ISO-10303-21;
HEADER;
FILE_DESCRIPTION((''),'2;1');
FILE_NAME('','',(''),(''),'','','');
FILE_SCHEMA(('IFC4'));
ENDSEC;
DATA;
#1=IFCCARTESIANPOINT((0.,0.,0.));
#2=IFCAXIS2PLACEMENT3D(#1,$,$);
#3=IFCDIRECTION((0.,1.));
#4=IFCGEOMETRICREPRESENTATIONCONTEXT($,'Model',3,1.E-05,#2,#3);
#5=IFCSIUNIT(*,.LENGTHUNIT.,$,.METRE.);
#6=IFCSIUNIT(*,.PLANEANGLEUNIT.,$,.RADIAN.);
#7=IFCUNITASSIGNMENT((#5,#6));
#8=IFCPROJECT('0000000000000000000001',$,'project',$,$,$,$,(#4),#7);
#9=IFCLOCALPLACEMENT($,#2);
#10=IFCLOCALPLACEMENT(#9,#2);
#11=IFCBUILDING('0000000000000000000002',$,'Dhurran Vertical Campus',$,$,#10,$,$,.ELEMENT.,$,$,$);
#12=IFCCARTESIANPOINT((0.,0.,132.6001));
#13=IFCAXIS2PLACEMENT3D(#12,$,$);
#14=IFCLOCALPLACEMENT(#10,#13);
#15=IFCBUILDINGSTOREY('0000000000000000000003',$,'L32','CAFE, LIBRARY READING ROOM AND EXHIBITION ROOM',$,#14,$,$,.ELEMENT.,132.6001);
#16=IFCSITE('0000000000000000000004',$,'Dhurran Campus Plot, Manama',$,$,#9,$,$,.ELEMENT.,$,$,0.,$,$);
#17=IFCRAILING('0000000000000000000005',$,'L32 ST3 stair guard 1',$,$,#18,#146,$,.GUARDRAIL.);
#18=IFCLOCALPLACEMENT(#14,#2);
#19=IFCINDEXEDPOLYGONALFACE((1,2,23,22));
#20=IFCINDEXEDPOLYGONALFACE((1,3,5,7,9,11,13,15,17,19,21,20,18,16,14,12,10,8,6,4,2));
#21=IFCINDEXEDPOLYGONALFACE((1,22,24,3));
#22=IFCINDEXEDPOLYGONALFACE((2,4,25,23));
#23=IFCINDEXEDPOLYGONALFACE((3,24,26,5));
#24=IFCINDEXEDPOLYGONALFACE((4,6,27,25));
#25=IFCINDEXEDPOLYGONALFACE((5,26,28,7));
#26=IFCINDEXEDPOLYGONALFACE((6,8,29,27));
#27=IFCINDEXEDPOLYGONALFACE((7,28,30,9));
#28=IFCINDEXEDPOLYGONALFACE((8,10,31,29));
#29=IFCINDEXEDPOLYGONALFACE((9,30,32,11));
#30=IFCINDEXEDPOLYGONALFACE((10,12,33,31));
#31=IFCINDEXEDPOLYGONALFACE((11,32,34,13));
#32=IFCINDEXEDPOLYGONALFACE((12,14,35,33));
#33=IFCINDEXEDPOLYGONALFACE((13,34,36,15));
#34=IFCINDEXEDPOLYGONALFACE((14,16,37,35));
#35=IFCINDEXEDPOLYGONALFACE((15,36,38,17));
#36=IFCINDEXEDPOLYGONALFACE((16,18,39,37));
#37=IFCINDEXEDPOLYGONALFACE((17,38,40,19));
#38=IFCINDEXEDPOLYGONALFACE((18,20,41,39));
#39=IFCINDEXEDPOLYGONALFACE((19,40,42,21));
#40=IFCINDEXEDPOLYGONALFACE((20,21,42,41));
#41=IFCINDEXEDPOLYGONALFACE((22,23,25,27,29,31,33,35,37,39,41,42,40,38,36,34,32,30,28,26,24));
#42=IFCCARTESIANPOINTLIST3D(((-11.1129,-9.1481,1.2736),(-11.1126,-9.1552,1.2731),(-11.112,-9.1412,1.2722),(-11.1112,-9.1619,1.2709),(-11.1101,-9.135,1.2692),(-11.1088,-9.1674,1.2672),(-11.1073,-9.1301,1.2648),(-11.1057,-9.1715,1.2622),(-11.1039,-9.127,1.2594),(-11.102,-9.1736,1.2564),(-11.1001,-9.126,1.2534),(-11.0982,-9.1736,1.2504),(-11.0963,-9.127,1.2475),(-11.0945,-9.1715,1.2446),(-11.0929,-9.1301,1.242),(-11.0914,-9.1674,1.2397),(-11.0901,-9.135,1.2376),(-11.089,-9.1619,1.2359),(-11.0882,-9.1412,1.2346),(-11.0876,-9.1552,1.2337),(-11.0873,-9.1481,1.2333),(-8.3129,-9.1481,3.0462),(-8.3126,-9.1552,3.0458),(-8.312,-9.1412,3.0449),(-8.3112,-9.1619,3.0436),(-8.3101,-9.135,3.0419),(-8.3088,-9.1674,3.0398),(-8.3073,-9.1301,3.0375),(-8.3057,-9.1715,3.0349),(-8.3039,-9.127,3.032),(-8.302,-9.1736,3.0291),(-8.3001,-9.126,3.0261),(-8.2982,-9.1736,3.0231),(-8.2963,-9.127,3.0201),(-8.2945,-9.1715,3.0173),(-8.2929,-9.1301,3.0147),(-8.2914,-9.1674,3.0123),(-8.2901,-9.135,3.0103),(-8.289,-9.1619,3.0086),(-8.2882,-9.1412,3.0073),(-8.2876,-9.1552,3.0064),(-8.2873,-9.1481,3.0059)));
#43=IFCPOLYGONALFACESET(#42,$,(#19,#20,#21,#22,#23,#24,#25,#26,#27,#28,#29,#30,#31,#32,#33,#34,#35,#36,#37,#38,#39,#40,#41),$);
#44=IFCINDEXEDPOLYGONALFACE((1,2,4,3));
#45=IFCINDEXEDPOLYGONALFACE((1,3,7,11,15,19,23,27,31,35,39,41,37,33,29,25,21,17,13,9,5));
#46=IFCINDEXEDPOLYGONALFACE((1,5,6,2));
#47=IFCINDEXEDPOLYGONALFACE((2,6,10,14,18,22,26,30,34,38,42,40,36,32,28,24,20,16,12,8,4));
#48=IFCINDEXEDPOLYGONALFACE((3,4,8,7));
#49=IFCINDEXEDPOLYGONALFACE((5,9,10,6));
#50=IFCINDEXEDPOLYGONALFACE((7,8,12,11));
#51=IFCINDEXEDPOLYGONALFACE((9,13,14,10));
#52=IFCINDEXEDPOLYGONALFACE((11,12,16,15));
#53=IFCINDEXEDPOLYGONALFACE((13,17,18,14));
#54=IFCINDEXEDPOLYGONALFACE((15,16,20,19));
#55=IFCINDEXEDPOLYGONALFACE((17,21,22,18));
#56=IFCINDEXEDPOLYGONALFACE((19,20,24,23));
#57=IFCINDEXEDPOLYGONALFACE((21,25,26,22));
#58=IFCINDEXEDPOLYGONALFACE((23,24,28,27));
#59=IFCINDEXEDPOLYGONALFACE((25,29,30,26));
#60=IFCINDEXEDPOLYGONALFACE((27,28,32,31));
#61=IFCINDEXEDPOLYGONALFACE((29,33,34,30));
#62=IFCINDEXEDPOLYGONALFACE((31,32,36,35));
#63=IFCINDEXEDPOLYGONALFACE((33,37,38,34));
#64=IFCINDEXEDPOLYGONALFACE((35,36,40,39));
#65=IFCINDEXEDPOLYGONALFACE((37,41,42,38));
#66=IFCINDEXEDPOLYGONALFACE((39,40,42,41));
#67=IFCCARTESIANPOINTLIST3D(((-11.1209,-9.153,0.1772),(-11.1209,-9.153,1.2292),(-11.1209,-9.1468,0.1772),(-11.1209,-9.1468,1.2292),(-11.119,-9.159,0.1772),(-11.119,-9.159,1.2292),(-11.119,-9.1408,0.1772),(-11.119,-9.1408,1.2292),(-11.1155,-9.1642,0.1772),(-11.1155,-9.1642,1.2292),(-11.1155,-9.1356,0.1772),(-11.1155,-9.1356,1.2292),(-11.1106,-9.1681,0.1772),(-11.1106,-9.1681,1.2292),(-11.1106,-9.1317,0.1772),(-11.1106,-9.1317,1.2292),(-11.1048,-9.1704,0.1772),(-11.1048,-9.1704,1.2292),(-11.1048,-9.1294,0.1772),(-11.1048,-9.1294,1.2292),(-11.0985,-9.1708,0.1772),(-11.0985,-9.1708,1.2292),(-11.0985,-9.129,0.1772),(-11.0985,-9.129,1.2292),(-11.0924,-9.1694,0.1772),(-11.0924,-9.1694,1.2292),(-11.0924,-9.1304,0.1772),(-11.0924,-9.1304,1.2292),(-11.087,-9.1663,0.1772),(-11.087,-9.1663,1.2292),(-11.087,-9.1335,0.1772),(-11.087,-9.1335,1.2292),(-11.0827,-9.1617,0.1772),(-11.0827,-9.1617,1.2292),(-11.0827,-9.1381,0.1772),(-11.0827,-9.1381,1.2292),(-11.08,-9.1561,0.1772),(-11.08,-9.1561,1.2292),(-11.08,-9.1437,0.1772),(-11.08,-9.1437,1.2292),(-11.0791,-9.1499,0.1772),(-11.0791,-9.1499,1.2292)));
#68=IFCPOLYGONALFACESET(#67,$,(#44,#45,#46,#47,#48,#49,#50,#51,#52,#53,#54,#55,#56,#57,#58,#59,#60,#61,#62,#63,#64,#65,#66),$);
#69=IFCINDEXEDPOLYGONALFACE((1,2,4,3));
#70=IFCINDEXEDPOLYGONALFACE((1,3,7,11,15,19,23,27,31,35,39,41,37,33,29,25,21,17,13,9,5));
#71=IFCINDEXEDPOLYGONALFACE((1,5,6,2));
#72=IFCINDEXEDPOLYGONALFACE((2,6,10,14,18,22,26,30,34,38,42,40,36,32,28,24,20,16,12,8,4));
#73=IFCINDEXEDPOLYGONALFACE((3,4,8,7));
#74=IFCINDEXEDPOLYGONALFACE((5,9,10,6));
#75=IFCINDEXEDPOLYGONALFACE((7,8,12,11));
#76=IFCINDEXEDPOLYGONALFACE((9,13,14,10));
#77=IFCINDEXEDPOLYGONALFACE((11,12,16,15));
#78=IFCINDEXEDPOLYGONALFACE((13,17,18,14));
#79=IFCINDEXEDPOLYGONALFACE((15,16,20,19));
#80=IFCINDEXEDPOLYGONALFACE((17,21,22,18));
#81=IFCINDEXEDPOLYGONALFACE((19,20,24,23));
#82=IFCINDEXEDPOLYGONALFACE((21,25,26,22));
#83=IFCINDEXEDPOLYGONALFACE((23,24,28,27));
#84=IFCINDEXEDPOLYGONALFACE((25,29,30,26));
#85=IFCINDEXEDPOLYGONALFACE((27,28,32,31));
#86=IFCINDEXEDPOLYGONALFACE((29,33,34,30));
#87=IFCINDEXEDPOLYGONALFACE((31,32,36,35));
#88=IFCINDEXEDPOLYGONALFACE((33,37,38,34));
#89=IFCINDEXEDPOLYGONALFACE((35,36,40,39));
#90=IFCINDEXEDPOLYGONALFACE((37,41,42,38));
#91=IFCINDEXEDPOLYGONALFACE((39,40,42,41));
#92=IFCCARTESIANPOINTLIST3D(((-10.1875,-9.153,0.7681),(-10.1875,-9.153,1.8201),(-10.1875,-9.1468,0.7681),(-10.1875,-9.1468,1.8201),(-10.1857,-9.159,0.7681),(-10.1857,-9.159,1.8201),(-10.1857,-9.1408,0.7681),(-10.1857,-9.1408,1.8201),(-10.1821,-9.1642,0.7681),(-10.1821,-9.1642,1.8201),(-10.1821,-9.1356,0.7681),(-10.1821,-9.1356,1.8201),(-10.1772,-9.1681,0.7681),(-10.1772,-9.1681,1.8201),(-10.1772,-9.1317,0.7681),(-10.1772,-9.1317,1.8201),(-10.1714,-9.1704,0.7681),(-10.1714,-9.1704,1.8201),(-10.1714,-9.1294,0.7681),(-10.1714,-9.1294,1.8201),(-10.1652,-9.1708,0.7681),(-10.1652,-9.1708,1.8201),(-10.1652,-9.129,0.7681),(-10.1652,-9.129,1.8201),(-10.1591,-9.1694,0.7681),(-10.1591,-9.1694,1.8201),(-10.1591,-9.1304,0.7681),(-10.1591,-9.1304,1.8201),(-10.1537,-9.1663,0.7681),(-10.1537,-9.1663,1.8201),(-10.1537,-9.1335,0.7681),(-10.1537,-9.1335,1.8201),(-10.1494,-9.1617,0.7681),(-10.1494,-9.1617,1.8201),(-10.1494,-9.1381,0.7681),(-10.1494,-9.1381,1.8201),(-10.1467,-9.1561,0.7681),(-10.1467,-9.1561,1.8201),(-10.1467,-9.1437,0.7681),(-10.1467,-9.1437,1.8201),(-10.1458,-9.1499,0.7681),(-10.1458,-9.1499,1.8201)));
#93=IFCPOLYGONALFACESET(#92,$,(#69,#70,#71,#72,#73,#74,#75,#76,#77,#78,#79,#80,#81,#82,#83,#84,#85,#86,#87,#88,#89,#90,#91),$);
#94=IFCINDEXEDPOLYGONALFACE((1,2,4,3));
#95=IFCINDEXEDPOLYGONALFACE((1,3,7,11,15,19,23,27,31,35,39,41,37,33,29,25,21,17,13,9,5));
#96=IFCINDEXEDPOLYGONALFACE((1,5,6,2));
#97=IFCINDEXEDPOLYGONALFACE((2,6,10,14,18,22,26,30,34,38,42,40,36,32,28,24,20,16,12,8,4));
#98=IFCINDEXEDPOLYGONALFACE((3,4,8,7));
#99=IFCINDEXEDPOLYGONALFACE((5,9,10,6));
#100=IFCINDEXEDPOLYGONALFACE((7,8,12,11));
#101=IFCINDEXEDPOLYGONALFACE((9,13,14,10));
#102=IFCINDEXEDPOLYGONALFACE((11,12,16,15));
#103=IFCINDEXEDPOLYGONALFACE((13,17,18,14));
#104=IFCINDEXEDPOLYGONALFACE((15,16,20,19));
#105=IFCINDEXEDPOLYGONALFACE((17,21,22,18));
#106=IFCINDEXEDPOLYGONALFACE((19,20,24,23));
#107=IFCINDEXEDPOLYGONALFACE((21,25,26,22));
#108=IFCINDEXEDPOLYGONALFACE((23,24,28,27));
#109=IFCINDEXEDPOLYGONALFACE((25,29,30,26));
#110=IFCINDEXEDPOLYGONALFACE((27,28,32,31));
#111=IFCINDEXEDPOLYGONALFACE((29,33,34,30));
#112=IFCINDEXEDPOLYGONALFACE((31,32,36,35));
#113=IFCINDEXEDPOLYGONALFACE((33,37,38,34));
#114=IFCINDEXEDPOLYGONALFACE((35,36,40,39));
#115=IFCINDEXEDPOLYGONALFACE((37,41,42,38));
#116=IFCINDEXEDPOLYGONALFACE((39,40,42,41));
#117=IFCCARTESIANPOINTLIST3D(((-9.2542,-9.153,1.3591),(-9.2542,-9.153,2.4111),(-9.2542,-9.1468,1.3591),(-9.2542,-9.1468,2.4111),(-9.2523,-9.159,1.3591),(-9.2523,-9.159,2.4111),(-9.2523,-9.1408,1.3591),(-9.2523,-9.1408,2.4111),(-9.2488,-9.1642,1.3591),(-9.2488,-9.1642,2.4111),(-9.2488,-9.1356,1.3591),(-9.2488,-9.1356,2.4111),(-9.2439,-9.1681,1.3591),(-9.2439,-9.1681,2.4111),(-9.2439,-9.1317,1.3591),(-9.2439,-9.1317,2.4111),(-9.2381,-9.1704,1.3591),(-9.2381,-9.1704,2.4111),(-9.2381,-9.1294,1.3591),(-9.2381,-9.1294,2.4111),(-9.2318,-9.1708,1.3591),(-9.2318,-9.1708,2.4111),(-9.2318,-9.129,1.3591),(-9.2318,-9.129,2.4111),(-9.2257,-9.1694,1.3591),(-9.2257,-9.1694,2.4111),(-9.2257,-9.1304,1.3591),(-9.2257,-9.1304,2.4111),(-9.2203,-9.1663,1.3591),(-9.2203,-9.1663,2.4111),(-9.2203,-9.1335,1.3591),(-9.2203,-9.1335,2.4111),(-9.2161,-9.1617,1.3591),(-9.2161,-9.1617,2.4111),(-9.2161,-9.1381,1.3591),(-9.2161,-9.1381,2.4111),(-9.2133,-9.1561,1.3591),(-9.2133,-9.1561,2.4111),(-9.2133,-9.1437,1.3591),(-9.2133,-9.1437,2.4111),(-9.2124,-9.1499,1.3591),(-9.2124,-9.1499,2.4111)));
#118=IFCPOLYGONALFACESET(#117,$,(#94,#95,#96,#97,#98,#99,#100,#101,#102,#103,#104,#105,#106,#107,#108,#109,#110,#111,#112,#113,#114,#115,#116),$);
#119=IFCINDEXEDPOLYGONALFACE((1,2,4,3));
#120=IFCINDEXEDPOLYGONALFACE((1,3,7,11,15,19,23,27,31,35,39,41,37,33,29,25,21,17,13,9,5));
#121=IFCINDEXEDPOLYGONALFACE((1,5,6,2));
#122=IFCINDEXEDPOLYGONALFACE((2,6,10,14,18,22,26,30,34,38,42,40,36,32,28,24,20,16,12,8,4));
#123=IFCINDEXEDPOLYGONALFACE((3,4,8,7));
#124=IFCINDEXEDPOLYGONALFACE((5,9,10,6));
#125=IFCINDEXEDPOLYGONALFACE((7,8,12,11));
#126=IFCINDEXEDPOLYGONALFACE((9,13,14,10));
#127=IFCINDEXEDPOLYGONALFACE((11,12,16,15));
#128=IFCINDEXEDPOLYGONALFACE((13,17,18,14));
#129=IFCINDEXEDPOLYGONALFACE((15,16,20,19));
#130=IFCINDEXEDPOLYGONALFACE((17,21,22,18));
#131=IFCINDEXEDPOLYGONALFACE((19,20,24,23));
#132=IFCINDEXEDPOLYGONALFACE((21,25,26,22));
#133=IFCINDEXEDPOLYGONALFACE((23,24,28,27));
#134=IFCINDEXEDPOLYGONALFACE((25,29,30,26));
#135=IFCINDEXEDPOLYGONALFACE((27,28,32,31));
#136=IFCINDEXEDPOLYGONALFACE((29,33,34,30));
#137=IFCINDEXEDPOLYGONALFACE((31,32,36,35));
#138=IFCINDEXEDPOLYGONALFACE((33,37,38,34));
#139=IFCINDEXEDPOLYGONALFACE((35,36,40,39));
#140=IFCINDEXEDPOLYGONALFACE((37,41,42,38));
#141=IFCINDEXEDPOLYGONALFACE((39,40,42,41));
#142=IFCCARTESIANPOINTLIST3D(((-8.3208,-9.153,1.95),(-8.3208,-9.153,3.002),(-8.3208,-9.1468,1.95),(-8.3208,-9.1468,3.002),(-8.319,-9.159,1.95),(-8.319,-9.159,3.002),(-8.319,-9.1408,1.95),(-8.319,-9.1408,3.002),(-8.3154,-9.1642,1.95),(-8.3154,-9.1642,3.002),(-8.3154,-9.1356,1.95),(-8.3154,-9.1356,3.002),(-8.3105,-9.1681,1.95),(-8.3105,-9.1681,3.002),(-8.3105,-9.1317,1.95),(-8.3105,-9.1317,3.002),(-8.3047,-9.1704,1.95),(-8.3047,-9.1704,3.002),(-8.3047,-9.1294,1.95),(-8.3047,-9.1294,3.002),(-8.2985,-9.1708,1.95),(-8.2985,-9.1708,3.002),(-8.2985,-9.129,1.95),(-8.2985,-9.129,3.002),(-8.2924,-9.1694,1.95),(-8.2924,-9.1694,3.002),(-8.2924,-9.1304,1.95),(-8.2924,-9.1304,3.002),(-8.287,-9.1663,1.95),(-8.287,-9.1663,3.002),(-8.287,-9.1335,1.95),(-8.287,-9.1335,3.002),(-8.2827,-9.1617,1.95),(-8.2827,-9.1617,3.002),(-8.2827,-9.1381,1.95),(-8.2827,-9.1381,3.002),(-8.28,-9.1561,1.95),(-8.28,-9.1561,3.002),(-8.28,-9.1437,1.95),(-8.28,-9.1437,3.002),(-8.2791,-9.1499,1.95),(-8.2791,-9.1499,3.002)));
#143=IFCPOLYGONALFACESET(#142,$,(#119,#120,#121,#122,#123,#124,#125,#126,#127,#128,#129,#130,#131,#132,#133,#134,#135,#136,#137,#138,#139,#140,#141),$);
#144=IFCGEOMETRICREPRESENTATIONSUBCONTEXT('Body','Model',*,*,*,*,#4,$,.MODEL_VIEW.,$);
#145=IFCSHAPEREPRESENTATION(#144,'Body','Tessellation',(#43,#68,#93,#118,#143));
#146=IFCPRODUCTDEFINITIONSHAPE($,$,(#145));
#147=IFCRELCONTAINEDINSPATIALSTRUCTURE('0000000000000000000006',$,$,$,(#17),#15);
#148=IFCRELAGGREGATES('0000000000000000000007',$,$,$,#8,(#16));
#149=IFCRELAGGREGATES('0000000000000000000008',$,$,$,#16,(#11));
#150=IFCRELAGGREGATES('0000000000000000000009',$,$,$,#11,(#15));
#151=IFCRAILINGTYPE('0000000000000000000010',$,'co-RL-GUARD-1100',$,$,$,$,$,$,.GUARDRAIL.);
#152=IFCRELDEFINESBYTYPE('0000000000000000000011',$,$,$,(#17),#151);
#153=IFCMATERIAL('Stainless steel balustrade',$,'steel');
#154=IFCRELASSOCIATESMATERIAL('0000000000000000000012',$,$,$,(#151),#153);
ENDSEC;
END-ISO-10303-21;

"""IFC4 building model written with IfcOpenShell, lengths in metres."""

from ifc_helpers import new_model, si_unit, direction, frame, origin, origin_2d, place, context, subcontext, project, spatial, circle, extrude, material, type_object, element, save


model = new_model("IFC4")

# Units and contexts
model_context = context("Model", 3, precision=1e-05, world=origin(), true_north=direction((0.0, 1.0)))
body_context = subcontext(model_context, "Body", "Model", "MODEL_VIEW")
ifc_project = project(units=[si_unit("LENGTHUNIT", "METRE"), si_unit("PLANEANGLEUNIT", "RADIAN")], contexts=[model_context])

# Site, building, storey
site_placement = place(None, origin())
site = spatial("IfcSite", under=ifc_project, at=site_placement, Name="Dhurran Campus Plot, Manama", CompositionType="ELEMENT", RefElevation=0.0)
building_placement = place(site_placement, origin())
building = spatial("IfcBuilding", under=site, at=building_placement, Name="Dhurran Vertical Campus", CompositionType="ELEMENT")
storey_placement = place(building_placement, frame((0.0, 0.0, 132.6001)))
storey = spatial("IfcBuildingStorey", under=building, at=storey_placement, Name="L32", Description="CAFE, LIBRARY READING ROOM AND EXHIBITION ROOM", CompositionType="ELEMENT", Elevation=132.6001)

# Railing
ifc_material_1 = material(Name="Stainless steel balustrade", Category="steel")
railing_type = type_object("IfcRailingType", Name="co-RL-GUARD-1100", PredefinedType="GUARDRAIL", material=ifc_material_1)
railing_1_placement = place(storey_placement, frame((-11.1001, -9.1499, 0.1772)))
element("IfcRailing", 1, at=railing_1_placement, inside=storey, type_object=railing_type, Name="L32 ST3 stair guard 1", PredefinedType="GUARDRAIL", context=body_context, shape_type="SweptSolid", body=[
    extrude(circle(Radius=0.0239, at=origin_2d()), frame((0.0, 0.0, 1.0762), z_axis=(0.844909, 0.0, 0.53491), x_axis=(0.0, 1.0, 0.0)), (0.0, 0.0, 1.0), 3.314),
    extrude(circle(Radius=0.021, at=origin_2d()), origin(), (0.0, 0.0, 1.0), 1.052),
    extrude(circle(Radius=0.021, at=origin_2d()), frame((0.9333, 0.0, 0.5908)), (0.0, 0.0, 1.0), 1.052),
    extrude(circle(Radius=0.021, at=origin_2d()), frame((1.8667, 0.0, 1.1819)), (0.0, 0.0, 1.0), 1.052),
    extrude(circle(Radius=0.021, at=origin_2d()), frame((2.8, 0.0, 1.7727)), (0.0, 0.0, 1.0), 1.052),
])

save(model, "model.ifc")
